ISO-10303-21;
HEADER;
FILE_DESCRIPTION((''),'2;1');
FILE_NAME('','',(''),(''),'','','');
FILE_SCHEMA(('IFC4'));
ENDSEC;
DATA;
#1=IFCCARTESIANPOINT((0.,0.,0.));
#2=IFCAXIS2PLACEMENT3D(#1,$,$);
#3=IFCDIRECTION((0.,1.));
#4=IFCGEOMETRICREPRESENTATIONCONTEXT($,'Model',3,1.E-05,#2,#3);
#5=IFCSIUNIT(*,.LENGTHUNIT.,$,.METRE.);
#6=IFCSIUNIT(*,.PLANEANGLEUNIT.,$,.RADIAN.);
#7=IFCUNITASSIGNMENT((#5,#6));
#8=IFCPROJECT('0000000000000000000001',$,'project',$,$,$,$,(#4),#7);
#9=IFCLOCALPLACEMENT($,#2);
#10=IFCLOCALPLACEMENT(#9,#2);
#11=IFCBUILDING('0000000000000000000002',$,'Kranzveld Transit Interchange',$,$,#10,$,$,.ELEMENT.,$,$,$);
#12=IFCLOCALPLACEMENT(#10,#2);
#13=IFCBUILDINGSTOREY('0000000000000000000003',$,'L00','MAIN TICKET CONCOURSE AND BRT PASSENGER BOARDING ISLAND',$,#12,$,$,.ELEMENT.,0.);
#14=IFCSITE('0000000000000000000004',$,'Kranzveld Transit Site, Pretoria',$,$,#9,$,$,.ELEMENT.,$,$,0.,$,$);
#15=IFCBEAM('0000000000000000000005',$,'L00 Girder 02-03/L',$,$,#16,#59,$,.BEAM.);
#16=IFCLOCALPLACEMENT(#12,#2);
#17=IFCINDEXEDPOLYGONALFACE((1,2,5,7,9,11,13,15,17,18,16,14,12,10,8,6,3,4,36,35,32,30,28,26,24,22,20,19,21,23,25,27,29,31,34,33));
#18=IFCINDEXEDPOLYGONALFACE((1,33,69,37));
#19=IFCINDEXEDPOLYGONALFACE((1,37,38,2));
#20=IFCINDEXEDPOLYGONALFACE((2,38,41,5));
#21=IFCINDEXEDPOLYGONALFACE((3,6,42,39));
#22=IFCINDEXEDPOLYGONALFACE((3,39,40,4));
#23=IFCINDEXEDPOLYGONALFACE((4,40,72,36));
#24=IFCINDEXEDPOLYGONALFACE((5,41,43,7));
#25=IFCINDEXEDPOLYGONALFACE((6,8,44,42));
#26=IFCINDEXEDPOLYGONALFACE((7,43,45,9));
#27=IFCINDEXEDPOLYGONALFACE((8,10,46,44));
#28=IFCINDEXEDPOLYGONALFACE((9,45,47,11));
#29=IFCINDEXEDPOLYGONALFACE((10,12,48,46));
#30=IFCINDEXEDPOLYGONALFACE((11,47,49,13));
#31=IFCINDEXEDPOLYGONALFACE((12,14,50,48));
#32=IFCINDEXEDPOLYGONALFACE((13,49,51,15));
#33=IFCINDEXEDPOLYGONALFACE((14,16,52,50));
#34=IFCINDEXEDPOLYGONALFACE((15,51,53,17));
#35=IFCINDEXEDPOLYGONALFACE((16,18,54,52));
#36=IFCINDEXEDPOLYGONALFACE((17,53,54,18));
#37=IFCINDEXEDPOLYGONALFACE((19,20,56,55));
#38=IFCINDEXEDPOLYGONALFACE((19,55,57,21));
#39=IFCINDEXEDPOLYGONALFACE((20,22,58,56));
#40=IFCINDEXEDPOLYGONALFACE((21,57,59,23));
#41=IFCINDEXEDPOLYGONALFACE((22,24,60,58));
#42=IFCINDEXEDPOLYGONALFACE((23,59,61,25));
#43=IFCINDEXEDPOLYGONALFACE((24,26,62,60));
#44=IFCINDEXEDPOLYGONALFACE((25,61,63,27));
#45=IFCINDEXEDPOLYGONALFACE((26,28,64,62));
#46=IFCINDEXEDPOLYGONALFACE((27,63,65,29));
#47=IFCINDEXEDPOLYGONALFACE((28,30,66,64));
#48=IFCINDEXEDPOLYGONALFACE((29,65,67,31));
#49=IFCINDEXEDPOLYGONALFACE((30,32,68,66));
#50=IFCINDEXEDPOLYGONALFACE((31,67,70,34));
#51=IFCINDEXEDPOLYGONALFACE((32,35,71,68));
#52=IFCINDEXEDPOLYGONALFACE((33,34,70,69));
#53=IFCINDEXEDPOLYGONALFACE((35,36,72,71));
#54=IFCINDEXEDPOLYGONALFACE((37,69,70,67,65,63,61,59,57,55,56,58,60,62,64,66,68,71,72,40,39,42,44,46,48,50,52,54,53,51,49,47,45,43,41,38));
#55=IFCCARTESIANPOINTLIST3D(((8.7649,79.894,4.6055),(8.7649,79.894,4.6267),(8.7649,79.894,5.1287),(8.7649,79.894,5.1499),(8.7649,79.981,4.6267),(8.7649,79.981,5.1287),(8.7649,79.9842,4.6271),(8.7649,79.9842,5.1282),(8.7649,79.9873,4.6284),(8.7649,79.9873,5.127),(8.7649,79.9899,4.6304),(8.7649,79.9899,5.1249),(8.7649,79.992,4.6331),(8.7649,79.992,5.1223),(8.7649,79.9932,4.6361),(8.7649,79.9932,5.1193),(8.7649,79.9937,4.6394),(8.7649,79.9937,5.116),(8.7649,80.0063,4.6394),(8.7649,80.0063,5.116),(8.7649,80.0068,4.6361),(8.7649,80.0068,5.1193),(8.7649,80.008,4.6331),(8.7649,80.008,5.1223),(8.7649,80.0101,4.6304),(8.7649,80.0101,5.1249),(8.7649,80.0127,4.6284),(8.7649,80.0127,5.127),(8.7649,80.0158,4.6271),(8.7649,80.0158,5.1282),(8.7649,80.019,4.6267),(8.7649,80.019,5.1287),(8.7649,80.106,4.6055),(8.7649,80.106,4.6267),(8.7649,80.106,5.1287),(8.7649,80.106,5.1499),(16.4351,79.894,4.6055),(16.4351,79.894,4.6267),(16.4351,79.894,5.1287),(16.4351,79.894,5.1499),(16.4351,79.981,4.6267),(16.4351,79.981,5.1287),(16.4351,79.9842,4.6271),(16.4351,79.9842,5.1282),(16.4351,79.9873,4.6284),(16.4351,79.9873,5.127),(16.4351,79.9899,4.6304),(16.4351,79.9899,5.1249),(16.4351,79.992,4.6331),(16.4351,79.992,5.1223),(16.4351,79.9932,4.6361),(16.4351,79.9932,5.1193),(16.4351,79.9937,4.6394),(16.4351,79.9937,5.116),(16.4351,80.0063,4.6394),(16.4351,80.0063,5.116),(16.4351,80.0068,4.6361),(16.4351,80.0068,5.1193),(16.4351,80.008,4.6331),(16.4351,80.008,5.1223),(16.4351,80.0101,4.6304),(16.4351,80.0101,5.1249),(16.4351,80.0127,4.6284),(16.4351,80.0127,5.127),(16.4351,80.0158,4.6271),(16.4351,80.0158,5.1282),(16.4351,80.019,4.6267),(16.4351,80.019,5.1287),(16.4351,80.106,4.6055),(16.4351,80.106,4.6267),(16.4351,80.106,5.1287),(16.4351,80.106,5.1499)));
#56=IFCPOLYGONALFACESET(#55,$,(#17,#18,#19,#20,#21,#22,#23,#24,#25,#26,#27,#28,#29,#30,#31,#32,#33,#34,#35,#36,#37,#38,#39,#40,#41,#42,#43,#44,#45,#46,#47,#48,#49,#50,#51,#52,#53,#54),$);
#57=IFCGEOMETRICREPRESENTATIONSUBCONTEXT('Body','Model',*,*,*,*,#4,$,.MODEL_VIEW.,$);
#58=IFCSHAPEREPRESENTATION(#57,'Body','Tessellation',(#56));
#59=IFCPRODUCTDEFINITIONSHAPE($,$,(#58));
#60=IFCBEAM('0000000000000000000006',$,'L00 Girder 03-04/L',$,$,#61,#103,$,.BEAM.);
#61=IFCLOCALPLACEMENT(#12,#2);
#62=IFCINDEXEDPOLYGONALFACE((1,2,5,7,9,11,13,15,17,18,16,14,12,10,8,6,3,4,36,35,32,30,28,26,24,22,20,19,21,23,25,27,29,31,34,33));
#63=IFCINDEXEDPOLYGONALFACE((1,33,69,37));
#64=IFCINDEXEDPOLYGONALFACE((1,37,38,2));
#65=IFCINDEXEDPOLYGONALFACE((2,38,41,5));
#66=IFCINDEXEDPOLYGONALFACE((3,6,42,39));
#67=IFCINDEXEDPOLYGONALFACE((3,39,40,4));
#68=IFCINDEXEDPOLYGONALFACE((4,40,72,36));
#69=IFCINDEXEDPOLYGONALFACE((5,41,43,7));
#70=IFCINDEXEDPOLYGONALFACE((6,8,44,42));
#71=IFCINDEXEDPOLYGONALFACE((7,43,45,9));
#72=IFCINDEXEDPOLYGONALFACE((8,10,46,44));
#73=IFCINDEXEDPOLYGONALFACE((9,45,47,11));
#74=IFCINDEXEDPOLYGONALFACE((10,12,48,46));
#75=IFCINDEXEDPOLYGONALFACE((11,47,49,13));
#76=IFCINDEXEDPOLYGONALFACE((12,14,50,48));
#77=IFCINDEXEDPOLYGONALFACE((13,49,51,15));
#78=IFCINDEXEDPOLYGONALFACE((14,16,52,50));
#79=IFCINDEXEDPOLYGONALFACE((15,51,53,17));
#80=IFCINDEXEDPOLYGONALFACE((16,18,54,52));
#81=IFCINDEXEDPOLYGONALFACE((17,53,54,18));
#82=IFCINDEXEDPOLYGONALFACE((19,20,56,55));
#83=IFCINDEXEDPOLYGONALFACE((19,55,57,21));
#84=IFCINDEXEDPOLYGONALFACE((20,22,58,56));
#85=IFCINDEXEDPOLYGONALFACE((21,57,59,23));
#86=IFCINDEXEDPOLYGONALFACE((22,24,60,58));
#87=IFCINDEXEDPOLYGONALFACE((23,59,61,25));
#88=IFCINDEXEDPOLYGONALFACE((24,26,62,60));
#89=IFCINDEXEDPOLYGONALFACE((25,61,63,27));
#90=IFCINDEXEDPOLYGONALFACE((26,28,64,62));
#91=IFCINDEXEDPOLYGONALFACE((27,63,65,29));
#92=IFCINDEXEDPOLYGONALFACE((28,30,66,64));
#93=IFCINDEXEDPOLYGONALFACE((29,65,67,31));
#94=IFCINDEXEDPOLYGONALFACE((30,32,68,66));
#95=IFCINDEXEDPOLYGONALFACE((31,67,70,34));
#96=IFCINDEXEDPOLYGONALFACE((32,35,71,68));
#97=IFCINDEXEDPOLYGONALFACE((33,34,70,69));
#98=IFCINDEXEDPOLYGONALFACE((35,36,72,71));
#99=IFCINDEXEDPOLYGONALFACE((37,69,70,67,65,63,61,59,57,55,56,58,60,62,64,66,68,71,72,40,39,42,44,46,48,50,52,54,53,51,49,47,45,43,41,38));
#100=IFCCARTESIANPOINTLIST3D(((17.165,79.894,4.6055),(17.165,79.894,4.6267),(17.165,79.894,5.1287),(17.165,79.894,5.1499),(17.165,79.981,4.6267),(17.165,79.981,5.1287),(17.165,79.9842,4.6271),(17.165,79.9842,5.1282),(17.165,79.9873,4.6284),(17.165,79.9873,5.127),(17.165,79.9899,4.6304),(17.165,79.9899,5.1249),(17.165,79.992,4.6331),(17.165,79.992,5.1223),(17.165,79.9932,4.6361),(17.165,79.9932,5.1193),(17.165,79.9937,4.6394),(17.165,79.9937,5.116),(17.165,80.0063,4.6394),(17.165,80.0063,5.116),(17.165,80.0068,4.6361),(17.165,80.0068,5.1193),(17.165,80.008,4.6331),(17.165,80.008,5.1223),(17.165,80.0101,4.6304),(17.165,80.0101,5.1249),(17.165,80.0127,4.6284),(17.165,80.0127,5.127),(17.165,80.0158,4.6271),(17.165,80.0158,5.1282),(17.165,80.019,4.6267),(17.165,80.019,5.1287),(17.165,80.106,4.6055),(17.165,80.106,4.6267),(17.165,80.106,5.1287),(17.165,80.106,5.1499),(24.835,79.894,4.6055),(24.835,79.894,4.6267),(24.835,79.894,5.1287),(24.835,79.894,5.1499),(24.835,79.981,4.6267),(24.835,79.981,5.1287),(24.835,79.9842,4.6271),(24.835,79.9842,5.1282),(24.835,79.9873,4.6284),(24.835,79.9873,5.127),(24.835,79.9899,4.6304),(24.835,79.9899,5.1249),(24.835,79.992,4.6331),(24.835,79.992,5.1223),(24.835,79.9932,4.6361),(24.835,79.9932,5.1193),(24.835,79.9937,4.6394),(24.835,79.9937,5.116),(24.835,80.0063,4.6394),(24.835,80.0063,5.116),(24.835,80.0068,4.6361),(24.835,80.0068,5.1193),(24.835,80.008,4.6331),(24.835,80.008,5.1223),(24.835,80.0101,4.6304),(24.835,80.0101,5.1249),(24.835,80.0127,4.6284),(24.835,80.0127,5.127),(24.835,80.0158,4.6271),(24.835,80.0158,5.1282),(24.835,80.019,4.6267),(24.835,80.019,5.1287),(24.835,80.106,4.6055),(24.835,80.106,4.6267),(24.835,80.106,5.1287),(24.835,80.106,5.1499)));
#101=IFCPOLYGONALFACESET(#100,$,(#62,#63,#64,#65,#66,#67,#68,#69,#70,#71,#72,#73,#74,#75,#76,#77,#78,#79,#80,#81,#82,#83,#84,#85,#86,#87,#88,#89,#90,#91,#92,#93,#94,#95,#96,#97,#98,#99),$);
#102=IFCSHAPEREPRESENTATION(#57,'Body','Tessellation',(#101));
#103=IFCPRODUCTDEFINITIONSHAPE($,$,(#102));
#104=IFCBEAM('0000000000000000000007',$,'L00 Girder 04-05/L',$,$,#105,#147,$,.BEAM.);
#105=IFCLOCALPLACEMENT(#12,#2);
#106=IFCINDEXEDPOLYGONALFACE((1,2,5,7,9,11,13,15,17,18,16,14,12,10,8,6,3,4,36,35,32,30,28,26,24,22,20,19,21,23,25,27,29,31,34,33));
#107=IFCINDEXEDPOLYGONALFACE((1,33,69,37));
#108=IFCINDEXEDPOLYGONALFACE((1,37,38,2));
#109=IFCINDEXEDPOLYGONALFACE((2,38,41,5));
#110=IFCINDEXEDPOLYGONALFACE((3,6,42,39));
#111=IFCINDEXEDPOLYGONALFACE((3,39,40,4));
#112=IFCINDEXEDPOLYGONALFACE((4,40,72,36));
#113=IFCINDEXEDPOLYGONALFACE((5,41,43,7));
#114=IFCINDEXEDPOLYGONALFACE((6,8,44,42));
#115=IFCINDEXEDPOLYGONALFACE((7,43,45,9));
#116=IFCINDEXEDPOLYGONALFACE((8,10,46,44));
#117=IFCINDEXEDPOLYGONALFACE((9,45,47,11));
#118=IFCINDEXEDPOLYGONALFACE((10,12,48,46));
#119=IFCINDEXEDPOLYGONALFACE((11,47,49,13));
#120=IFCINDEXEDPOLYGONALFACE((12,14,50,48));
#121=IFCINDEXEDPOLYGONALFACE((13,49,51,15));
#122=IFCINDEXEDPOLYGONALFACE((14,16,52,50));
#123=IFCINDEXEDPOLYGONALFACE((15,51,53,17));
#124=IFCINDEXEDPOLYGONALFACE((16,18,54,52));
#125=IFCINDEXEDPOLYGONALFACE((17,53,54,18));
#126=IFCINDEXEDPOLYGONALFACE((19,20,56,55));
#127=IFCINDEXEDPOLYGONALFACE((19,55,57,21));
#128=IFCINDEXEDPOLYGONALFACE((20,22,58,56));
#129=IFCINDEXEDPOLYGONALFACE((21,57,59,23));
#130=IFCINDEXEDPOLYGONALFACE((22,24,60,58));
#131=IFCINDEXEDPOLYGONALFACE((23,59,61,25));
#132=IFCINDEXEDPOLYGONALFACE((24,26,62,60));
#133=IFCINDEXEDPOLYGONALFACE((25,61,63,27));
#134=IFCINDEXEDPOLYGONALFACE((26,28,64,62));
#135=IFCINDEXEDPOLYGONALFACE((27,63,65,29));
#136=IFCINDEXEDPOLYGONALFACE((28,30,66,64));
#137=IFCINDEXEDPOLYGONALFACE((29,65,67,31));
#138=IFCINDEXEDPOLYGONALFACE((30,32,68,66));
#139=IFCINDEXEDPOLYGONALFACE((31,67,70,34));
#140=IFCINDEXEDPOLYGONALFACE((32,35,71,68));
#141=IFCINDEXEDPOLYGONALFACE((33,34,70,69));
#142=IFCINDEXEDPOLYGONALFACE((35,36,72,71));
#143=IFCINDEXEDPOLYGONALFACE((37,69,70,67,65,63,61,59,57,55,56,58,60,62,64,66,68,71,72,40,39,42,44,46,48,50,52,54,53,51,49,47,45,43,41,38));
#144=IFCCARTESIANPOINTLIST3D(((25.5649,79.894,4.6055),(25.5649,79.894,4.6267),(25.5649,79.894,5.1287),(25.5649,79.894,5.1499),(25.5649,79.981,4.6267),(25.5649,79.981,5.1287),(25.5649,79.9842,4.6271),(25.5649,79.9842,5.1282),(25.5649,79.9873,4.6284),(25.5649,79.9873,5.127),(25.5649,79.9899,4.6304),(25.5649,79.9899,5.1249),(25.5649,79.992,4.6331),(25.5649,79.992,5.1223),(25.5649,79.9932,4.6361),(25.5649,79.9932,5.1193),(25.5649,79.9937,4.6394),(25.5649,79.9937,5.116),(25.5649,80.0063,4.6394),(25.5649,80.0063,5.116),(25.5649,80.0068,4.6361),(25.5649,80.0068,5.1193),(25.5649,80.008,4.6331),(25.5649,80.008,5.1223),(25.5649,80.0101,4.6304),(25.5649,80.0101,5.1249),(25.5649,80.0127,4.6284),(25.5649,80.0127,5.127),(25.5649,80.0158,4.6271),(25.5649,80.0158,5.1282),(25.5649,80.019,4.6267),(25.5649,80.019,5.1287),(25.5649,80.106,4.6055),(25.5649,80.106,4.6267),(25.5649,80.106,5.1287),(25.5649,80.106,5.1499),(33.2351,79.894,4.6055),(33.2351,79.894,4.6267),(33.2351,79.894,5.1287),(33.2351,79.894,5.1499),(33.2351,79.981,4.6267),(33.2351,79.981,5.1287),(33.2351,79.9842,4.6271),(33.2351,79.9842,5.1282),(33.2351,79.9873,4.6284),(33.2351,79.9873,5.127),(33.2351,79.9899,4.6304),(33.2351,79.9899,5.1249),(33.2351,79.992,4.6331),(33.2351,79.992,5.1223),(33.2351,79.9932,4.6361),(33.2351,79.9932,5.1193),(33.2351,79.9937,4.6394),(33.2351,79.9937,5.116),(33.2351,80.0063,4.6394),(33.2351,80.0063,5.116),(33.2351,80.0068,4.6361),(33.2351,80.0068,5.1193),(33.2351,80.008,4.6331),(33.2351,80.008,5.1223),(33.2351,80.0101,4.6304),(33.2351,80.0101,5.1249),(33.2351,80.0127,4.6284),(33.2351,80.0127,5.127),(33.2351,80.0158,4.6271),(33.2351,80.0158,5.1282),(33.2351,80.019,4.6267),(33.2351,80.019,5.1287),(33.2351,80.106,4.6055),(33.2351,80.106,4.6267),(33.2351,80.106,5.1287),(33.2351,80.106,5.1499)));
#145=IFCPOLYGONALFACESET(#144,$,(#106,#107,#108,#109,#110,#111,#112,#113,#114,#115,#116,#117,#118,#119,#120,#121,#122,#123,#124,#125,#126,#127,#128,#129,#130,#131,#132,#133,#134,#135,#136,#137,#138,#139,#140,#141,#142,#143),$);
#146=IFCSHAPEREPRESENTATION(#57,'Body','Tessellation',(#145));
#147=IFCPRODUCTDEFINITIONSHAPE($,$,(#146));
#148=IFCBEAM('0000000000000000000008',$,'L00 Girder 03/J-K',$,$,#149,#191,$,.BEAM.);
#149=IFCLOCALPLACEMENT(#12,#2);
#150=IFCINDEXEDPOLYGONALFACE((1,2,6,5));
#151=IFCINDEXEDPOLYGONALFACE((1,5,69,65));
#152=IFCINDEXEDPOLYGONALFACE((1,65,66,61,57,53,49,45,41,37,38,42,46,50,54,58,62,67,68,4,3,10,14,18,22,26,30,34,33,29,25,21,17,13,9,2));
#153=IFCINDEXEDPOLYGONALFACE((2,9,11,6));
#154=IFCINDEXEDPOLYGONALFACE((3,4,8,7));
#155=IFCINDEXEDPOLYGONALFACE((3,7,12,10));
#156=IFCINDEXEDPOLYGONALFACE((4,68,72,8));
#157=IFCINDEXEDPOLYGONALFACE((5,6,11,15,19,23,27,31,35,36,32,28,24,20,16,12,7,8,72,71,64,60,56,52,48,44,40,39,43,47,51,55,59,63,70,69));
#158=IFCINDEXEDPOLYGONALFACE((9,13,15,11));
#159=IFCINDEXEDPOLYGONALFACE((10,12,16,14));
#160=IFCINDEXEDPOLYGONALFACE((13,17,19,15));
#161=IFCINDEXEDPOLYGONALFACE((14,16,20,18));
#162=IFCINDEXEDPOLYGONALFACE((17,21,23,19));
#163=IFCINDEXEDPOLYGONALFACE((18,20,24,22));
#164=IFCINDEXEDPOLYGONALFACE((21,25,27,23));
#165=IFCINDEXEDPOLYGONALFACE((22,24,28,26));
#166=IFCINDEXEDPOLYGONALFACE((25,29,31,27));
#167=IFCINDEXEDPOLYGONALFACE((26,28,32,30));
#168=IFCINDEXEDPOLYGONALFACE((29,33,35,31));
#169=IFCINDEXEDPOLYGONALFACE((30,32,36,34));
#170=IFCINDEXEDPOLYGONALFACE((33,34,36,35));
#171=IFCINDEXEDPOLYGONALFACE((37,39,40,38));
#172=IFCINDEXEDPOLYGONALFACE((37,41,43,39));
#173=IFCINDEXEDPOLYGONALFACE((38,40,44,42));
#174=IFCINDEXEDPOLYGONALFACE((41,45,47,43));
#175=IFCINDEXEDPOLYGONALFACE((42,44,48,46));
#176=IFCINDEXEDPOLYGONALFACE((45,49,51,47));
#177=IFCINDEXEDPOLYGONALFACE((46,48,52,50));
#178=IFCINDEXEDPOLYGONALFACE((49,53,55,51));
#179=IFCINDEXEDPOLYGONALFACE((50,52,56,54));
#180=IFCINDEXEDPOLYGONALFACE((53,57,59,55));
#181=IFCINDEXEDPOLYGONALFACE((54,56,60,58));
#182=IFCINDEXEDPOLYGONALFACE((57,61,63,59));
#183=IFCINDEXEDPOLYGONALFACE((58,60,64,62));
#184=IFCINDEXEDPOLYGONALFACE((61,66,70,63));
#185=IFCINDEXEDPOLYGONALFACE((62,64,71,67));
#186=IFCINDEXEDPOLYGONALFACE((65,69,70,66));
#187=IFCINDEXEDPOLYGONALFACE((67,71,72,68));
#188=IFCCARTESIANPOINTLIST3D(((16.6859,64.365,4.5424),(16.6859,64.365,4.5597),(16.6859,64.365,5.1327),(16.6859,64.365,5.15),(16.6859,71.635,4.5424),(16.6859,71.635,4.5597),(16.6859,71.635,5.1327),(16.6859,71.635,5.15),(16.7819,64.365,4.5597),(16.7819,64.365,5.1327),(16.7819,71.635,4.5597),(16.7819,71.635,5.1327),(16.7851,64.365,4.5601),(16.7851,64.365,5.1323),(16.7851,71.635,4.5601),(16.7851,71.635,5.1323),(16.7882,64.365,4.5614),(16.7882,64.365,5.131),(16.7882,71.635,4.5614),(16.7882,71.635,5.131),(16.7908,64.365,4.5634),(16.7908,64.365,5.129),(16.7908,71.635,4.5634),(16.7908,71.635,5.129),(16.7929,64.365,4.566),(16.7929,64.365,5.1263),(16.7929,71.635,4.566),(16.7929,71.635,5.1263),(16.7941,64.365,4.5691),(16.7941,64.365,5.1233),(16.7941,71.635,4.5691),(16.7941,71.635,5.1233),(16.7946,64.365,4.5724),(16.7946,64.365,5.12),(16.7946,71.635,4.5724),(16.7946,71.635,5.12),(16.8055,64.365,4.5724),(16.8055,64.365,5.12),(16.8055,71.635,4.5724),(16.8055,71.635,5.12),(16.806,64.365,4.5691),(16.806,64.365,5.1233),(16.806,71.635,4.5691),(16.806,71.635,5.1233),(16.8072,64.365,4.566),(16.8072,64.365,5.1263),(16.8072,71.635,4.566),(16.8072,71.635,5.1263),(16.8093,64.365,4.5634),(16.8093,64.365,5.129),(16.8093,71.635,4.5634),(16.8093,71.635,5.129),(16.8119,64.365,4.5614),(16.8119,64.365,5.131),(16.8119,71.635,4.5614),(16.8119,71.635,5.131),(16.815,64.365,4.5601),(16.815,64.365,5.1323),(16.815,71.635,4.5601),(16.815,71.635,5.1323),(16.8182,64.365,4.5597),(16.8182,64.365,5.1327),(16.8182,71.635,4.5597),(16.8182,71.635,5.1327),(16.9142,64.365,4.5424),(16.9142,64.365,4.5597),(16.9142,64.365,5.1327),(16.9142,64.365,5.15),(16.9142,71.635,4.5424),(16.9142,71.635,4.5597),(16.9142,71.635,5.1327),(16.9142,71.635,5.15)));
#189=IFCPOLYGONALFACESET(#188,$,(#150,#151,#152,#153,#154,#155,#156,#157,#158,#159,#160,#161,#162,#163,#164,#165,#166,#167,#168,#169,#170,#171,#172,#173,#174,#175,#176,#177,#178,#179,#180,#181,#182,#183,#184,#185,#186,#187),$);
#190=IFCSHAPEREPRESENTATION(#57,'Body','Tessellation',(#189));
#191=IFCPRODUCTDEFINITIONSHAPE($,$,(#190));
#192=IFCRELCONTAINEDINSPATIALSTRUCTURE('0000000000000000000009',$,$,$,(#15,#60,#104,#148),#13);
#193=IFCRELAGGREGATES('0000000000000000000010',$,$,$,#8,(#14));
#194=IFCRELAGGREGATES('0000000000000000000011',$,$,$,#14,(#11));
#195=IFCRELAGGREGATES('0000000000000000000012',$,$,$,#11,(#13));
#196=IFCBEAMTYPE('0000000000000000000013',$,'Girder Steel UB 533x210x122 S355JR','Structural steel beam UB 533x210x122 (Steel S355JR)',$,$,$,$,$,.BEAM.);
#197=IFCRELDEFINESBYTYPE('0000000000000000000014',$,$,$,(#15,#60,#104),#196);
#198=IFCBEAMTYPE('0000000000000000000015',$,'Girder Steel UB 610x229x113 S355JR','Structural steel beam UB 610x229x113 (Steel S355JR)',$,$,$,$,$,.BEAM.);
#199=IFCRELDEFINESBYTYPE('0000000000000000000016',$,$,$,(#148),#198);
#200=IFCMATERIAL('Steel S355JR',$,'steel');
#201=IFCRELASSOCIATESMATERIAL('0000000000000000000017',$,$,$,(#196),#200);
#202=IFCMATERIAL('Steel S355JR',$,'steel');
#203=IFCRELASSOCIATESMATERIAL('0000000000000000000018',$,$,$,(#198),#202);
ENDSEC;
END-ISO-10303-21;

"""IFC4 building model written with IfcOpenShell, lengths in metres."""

from ifc_helpers import new_model, si_unit, direction, frame, origin, origin_2d, place, context, subcontext, project, spatial, i_section, extrude, material, material_profile, profile_set, type_object, element, save


model = new_model("IFC4")

# Units and contexts
model_context = context("Model", 3, precision=1e-05, world=origin(), true_north=direction((0.0, 1.0)))
body_context = subcontext(model_context, "Body", "Model", "MODEL_VIEW")
ifc_project = project(units=[si_unit("LENGTHUNIT", "METRE"), si_unit("PLANEANGLEUNIT", "RADIAN")], contexts=[model_context])

# Site, building, storey
site_placement = place(None, origin())
site = spatial("IfcSite", under=ifc_project, at=site_placement, Name="Kranzveld Transit Site, Pretoria", CompositionType="ELEMENT", RefElevation=0.0)
building_placement = place(site_placement, origin())
building = spatial("IfcBuilding", under=site, at=building_placement, Name="Kranzveld Transit Interchange", CompositionType="ELEMENT")
storey_placement = place(building_placement, origin())
storey = spatial("IfcBuildingStorey", under=building, at=storey_placement, Name="L00", Description="MAIN TICKET CONCOURSE AND BRT PASSENGER BOARDING ISLAND", CompositionType="ELEMENT", Elevation=0.0)

# Beams
ifc_material_1 = material(Name="Steel S355JR", Category="steel")
ifc_material_profile_1 = material_profile(ifc_material_1, i_section(OverallWidth=0.2119, OverallDepth=0.5444, WebThickness=0.0127, FlangeThickness=0.0212, FilletRadius=0.0127, at=origin_2d()), Name="UB 533x210x122")
ifc_profile_set_1 = profile_set([ifc_material_profile_1], Name="Steel S355JR")
beam_type_1 = type_object("IfcBeamType", Name="Girder Steel UB 533x210x122 S355JR", Description="Structural steel beam UB 533x210x122 (Steel S355JR)", PredefinedType="BEAM", material=ifc_profile_set_1)
for number, where, z_axis, x_axis, name in (
    (1, (8.7649, 80.0, 4.8777), (1.0, 0.0, 0.0), (0.0, 1.0, 0.0), "L00 Girder 02-03/L"),
):
    element("IfcBeam", number, at=place(storey_placement, frame(where, z_axis=z_axis, x_axis=x_axis)), inside=storey, type_object=beam_type_1, Name=name, PredefinedType="BEAM", context=body_context, shape_type="SweptSolid", body=[
        extrude(i_section(OverallWidth=0.2119, OverallDepth=0.5444, WebThickness=0.0127, FlangeThickness=0.0212, FilletRadius=0.0127, at=origin_2d()), origin(), (0.0, 0.0, 1.0), 7.6702),
    ])
beam_1_placement = place(storey_placement, frame((17.165, 80.0, 4.8777), z_axis=(1.0, 0.0, 0.0), x_axis=(0.0, 1.0, 0.0)))
element("IfcBeam", 2, at=beam_1_placement, inside=storey, type_object=beam_type_1, Name="L00 Girder 03-04/L", PredefinedType="BEAM", context=body_context, shape_type="SweptSolid", body=[
    extrude(i_section(OverallWidth=0.2119, OverallDepth=0.5444, WebThickness=0.0127, FlangeThickness=0.0212, FilletRadius=0.0127, at=origin_2d()), origin(), (0.0, 0.0, 1.0), 7.6699),
])
beam_2_placement = place(storey_placement, frame((25.5649, 80.0, 4.8777), z_axis=(1.0, 0.0, 0.0), x_axis=(0.0, 1.0, 0.0)))
element("IfcBeam", 3, at=beam_2_placement, inside=storey, type_object=beam_type_1, Name="L00 Girder 04-05/L", PredefinedType="BEAM", context=body_context, shape_type="SweptSolid", body=[
    extrude(i_section(OverallWidth=0.2119, OverallDepth=0.5444, WebThickness=0.0127, FlangeThickness=0.0212, FilletRadius=0.0127, at=origin_2d()), origin(), (0.0, 0.0, 1.0), 7.6702),
])
ifc_material_2 = material(Name="Steel S355JR", Category="steel")
ifc_material_profile_2 = material_profile(ifc_material_2, i_section(OverallWidth=0.2283, OverallDepth=0.6077, WebThickness=0.011, FlangeThickness=0.0173, FilletRadius=0.0127, at=origin_2d()), Name="UB 610x229x113")
ifc_profile_set_2 = profile_set([ifc_material_profile_2], Name="Steel S355JR")
beam_type_2 = type_object("IfcBeamType", Name="Girder Steel UB 610x229x113 S355JR", Description="Structural steel beam UB 610x229x113 (Steel S355JR)", PredefinedType="BEAM", material=ifc_profile_set_2)
for number, where, z_axis, x_axis, name in (
    (4, (16.8, 64.365, 4.8462), (0.0, 1.0, 0.0), (-1.0, 0.0, 0.0), "L00 Girder 03/J-K"),
):
    element("IfcBeam", number, at=place(storey_placement, frame(where, z_axis=z_axis, x_axis=x_axis)), inside=storey, type_object=beam_type_2, Name=name, PredefinedType="BEAM", context=body_context, shape_type="SweptSolid", body=[
        extrude(i_section(OverallWidth=0.2283, OverallDepth=0.6077, WebThickness=0.011, FlangeThickness=0.0173, FilletRadius=0.0127, at=origin_2d()), origin(), (0.0, 0.0, 1.0), 7.27),
    ])

save(model, "model.ifc")
